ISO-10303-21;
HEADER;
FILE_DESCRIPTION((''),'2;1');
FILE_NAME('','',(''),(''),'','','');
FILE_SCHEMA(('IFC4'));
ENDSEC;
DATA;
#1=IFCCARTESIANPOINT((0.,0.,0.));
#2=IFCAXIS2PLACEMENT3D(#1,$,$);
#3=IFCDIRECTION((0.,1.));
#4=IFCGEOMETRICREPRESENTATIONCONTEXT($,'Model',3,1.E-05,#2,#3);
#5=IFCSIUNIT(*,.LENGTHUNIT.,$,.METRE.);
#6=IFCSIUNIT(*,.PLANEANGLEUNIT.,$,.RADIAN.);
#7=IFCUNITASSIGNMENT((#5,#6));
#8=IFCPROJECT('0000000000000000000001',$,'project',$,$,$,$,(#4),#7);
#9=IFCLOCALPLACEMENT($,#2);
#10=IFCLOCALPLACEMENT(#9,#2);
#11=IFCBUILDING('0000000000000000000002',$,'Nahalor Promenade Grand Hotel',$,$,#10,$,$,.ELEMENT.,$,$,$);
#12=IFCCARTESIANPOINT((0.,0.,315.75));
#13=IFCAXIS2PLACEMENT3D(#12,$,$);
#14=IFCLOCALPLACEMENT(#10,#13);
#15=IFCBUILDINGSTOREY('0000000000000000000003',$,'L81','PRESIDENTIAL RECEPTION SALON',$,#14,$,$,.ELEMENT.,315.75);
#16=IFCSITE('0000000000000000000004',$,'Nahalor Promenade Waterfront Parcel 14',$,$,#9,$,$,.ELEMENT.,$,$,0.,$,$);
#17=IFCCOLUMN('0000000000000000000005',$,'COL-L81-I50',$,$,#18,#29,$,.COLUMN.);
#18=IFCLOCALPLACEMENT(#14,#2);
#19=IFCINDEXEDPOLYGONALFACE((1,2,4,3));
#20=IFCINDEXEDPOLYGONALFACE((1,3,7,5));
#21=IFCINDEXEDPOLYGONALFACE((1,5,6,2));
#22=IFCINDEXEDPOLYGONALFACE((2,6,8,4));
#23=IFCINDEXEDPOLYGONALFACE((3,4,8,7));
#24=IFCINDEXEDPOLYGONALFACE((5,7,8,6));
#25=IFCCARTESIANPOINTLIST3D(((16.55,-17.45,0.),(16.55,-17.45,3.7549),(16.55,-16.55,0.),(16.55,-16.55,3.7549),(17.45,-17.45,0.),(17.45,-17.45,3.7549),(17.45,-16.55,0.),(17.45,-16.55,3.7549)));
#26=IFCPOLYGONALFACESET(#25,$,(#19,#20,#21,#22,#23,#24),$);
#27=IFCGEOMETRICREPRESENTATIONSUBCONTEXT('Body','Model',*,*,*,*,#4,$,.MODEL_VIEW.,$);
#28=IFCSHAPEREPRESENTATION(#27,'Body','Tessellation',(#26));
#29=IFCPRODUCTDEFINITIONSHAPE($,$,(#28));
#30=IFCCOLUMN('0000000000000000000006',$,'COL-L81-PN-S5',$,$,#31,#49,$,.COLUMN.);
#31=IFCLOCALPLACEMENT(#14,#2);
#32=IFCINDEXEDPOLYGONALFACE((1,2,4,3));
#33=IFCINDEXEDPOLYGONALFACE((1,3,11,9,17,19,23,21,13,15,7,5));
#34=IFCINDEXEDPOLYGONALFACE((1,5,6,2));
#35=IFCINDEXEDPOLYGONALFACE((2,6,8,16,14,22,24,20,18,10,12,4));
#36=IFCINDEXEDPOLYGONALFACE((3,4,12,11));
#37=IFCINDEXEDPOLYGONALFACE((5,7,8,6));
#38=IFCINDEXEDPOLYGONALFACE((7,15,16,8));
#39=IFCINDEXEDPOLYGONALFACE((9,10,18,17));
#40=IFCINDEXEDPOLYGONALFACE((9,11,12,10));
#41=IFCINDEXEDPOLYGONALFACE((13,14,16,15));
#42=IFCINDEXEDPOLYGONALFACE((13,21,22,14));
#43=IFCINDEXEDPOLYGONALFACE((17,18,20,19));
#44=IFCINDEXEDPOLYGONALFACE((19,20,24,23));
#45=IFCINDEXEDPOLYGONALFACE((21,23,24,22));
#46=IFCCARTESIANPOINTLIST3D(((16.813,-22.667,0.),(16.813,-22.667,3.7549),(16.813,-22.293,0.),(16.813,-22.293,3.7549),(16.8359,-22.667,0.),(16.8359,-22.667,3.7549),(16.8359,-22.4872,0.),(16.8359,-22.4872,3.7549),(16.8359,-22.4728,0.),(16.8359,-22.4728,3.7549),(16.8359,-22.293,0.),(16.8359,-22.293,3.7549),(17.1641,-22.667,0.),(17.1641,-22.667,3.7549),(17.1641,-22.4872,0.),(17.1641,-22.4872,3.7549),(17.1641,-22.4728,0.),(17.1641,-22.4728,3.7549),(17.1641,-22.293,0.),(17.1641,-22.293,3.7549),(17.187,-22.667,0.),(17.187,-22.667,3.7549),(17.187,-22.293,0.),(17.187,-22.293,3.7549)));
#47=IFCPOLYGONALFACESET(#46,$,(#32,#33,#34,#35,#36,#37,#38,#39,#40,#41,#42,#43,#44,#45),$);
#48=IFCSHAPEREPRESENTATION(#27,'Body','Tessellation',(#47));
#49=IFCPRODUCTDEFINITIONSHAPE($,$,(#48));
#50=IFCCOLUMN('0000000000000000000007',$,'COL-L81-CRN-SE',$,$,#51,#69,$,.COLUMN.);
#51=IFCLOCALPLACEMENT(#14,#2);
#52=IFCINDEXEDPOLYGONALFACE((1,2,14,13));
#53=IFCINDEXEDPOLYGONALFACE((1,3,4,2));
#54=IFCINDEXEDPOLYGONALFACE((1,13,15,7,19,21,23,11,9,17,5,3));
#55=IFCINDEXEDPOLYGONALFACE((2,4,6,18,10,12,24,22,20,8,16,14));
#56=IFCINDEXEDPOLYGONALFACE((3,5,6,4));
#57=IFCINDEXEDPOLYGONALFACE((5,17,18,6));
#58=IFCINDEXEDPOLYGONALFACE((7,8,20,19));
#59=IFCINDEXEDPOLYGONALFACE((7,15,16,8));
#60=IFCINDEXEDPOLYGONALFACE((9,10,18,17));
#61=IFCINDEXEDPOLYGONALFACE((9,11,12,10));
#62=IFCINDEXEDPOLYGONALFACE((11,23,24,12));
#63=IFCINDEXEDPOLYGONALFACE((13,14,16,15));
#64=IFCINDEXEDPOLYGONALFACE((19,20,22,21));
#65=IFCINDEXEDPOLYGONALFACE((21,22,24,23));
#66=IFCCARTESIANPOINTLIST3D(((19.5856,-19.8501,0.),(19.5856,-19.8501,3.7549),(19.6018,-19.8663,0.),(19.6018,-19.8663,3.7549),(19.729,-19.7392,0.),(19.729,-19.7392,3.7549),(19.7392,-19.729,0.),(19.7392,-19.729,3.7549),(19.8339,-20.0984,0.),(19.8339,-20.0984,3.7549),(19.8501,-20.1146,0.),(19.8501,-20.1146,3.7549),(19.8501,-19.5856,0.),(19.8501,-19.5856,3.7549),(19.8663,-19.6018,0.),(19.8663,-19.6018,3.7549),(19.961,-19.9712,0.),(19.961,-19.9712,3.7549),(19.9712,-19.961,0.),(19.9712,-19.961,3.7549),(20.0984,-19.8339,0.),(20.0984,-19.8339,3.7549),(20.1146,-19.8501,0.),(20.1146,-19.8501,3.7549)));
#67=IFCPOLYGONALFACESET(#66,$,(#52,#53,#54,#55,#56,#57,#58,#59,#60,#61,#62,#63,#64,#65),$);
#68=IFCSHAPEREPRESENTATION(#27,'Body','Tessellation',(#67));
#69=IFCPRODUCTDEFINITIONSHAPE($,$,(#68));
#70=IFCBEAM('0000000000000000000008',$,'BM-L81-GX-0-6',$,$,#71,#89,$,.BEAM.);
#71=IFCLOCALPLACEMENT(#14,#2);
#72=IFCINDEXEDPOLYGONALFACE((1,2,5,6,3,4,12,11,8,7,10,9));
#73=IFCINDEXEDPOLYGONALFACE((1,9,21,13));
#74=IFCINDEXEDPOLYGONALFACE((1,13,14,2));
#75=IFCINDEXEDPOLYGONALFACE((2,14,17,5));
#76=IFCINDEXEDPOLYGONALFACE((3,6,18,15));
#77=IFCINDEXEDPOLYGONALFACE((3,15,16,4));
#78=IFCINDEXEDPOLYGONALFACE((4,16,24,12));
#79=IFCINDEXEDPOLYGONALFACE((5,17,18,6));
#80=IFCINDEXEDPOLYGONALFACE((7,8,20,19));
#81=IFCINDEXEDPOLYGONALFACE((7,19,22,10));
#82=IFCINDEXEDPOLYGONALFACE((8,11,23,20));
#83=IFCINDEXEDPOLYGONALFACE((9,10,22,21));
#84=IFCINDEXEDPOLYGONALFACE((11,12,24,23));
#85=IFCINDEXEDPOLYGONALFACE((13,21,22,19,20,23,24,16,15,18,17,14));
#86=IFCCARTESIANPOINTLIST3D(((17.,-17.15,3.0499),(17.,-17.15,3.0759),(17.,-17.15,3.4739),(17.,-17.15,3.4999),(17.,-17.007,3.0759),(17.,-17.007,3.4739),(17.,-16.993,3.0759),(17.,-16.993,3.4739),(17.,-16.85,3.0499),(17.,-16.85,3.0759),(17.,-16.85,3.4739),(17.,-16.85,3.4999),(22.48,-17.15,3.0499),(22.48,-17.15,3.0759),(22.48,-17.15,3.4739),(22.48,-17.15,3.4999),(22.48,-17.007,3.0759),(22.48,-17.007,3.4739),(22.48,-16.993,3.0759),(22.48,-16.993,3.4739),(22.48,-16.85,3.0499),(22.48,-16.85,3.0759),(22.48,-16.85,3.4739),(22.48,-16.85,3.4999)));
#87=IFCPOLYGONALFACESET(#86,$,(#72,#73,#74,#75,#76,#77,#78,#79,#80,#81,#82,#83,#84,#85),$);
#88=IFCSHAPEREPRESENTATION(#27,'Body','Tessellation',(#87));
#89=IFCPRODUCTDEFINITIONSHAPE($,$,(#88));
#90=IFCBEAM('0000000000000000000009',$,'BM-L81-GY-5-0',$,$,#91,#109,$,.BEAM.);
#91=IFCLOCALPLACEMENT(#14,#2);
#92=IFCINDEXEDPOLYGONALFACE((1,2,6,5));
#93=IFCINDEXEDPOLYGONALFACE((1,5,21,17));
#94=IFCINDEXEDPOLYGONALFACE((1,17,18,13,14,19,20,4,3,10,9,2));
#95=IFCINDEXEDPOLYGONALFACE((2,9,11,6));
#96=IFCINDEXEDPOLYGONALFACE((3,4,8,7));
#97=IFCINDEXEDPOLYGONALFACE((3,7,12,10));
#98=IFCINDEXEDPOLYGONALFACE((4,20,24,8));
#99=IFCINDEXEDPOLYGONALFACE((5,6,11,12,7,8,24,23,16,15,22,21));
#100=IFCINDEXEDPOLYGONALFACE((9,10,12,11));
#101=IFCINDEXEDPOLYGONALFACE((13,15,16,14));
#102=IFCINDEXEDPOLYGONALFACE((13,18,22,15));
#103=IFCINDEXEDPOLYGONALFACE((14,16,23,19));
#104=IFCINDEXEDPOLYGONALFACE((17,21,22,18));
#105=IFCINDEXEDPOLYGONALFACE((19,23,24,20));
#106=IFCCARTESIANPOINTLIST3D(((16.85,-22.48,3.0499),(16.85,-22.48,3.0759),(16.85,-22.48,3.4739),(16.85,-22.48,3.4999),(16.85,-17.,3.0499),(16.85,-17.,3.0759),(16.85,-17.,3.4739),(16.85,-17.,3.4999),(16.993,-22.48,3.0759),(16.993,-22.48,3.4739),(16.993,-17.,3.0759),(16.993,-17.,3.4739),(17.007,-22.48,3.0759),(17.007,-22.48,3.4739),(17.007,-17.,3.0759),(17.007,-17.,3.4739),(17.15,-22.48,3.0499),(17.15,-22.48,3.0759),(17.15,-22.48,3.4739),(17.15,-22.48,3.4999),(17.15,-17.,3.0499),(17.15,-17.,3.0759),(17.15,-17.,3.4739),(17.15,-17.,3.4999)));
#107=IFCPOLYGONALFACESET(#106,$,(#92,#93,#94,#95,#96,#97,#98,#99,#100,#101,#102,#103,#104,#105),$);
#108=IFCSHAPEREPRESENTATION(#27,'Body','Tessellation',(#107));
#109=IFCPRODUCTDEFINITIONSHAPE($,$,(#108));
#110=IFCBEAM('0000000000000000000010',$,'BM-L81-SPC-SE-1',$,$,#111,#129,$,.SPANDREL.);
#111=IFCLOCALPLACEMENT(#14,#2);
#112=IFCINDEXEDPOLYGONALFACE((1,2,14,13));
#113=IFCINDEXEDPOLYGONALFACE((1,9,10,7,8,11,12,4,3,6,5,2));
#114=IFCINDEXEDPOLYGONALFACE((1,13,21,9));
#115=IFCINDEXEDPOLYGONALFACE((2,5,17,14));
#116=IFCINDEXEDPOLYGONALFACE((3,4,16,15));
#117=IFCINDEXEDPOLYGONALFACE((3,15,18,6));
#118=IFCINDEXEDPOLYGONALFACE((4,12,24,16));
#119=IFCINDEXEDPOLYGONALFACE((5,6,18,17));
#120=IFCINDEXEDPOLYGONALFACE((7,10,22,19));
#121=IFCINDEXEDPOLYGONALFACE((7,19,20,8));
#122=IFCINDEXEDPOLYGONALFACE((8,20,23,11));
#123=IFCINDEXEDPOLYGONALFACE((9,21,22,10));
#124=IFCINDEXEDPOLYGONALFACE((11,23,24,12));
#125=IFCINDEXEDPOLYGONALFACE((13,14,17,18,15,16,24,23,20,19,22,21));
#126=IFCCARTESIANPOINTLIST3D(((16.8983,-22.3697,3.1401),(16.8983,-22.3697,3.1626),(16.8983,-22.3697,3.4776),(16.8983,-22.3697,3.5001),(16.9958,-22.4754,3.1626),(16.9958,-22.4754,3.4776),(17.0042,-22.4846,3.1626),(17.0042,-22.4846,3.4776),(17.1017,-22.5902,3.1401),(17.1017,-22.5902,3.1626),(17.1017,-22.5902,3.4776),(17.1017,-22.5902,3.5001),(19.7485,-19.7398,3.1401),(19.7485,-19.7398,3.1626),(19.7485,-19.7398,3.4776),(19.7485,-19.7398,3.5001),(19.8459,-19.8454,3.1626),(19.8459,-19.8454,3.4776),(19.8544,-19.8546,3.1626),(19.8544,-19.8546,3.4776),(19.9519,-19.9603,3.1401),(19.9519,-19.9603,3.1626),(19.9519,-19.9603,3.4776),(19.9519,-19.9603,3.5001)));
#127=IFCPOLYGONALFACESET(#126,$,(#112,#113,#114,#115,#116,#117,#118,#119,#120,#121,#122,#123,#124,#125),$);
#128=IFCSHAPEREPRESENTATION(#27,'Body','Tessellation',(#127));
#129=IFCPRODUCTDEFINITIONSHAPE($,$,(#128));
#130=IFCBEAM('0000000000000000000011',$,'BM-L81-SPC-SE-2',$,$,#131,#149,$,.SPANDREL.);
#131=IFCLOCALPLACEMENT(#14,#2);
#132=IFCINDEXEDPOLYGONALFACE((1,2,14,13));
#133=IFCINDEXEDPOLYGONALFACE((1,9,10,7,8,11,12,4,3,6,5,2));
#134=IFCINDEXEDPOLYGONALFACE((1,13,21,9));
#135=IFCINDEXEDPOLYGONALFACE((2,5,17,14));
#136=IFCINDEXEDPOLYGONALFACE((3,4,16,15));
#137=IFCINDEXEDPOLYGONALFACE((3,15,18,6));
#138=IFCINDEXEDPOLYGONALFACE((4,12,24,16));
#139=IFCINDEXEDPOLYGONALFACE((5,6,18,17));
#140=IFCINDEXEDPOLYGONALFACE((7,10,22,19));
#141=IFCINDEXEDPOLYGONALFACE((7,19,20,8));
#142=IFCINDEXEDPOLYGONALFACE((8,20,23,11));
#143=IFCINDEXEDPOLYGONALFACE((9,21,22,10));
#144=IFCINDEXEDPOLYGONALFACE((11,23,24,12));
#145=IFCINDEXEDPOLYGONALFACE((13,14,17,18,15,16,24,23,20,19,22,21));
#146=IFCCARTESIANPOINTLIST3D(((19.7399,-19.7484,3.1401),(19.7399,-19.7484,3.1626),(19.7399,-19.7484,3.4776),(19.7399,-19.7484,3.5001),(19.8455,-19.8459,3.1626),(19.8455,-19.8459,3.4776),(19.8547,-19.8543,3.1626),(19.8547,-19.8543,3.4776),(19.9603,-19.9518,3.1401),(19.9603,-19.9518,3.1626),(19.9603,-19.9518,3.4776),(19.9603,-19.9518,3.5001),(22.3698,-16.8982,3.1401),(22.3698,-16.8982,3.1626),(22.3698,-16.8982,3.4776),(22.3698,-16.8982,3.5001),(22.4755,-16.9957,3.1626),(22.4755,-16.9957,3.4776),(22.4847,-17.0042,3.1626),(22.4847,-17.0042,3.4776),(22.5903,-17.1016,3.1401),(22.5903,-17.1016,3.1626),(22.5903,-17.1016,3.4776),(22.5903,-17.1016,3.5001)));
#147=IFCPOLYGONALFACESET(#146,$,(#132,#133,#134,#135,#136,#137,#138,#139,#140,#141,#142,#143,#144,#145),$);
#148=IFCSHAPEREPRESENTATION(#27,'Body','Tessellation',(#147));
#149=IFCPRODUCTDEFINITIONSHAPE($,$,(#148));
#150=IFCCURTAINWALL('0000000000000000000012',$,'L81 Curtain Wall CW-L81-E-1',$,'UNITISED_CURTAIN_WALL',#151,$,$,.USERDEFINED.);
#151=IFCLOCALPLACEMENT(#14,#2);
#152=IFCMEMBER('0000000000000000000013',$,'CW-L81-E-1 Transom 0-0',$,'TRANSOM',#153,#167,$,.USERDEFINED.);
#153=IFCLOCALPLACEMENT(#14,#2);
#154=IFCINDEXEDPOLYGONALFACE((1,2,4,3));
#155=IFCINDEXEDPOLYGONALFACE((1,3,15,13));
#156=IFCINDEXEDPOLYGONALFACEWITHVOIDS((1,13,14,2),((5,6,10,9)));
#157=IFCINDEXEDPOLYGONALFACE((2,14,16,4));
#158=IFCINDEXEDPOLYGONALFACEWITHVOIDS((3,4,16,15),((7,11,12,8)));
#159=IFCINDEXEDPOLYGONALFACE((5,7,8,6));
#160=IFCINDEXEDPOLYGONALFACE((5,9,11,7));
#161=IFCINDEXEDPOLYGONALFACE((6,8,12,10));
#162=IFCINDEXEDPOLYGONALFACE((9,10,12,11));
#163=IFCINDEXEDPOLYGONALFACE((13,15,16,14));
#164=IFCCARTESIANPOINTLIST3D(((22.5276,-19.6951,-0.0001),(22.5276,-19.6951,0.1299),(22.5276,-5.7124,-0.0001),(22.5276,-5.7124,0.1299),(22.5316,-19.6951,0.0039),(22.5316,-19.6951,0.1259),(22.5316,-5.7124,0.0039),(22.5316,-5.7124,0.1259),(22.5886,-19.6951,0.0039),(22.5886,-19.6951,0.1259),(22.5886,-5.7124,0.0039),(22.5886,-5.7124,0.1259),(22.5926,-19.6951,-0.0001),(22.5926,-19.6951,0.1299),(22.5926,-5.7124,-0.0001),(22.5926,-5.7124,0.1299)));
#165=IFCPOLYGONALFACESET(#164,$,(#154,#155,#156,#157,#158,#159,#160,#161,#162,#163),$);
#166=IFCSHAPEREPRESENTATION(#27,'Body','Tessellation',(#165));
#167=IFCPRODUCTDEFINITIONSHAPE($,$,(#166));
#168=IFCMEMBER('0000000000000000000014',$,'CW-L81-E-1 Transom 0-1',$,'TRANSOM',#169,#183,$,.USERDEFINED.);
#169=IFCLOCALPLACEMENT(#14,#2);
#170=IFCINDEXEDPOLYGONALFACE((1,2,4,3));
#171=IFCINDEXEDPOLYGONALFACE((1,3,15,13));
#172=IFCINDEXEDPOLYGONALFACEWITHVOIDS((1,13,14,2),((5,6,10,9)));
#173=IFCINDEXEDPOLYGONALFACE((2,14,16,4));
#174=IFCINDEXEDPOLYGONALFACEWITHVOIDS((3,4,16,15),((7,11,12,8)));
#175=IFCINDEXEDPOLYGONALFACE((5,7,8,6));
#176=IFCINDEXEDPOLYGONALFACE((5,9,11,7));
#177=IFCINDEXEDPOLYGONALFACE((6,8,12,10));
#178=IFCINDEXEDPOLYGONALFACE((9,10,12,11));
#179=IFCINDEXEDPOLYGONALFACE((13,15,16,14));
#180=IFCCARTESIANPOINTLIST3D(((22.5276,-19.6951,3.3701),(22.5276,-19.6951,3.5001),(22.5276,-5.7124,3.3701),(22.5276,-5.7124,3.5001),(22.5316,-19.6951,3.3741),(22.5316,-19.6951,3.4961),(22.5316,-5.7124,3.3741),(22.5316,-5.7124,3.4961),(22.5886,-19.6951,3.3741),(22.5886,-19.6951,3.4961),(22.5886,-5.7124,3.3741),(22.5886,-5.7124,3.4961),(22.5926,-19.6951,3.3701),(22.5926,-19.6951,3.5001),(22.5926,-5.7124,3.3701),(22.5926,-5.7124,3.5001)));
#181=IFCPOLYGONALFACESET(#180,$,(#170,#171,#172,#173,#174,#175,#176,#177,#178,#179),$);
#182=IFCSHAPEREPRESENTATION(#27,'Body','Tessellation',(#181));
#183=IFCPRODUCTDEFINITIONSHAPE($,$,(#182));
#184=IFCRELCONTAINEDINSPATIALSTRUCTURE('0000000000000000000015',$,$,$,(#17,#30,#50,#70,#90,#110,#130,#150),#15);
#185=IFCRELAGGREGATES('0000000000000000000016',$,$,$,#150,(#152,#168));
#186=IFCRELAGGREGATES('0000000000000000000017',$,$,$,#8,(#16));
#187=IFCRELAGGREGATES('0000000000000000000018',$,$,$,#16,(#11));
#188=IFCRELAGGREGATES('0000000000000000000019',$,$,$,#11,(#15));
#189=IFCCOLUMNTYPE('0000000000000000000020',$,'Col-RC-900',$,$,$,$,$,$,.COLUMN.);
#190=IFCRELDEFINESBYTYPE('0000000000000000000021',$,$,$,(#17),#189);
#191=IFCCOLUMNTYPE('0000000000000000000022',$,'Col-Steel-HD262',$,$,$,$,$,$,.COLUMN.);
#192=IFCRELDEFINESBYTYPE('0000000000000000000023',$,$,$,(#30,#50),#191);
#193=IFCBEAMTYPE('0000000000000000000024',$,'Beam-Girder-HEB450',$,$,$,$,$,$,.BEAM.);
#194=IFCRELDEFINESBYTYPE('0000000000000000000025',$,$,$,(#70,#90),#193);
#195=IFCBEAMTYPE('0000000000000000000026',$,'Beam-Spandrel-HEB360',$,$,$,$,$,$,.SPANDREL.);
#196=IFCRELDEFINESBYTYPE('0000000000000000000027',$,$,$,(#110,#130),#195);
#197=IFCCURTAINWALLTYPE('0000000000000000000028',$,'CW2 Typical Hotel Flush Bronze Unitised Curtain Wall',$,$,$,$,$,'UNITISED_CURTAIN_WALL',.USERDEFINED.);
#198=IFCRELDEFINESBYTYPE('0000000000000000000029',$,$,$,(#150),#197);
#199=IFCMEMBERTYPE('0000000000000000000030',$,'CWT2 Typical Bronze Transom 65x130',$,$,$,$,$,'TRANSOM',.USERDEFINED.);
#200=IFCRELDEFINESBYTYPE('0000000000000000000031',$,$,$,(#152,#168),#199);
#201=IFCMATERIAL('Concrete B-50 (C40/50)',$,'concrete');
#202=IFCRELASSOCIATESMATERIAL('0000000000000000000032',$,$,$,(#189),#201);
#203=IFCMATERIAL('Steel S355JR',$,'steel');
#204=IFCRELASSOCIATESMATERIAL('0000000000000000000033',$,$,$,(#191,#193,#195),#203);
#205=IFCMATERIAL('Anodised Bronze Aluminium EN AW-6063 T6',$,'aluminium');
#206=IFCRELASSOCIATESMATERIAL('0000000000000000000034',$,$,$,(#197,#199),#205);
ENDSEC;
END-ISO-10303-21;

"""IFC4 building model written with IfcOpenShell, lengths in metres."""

from ifc_helpers import new_model, si_unit, direction, frame, origin, origin_2d, place, context, subcontext, project, spatial, rectangle, hollow_rectangle, i_section, extrude, source, transform, mapped, material, material_profile, profile_set, type_object, element, aggregate, save


model = new_model("IFC4")

# Units and contexts
model_context = context("Model", 3, precision=1e-05, world=origin(), true_north=direction((0.0, 1.0)))
body_context = subcontext(model_context, "Body", "Model", "MODEL_VIEW")
ifc_project = project(units=[si_unit("LENGTHUNIT", "METRE"), si_unit("PLANEANGLEUNIT", "RADIAN")], contexts=[model_context])

# Site, building, storey
site_placement = place(None, origin())
site = spatial("IfcSite", under=ifc_project, at=site_placement, Name="Nahalor Promenade Waterfront Parcel 14", CompositionType="ELEMENT", RefElevation=0.0)
building_placement = place(site_placement, origin())
building = spatial("IfcBuilding", under=site, at=building_placement, Name="Nahalor Promenade Grand Hotel", CompositionType="ELEMENT")
storey_placement = place(building_placement, frame((0.0, 0.0, 315.75)))
storey = spatial("IfcBuildingStorey", under=building, at=storey_placement, Name="L81", Description="PRESIDENTIAL RECEPTION SALON", CompositionType="ELEMENT", Elevation=315.75)

# Columns
ifc_material_1 = material(Name="Concrete B-50 (C40/50)", Category="concrete")
ifc_material_profile_1 = material_profile(ifc_material_1, rectangle(XDim=0.9, YDim=0.9, at=origin_2d()), Name="RC 900x900")
ifc_profile_set_1 = profile_set([ifc_material_profile_1], Name="Concrete B-50 (C40/50)")
column_type_1 = type_object("IfcColumnType", Name="Col-RC-900", PredefinedType="COLUMN", material=ifc_profile_set_1)
shared_shape_1 = source(origin(), body_context, "Body", "SweptSolid", [
    extrude(rectangle(XDim=0.9, YDim=0.9, at=origin_2d()), origin(), (0.0, 0.0, 1.0), 3.7549),
])
column_placement = place(storey_placement, frame((17.0, -17.0, 0.0), z_axis=(0.0, 0.0, 1.0), x_axis=(1.0, 0.0, 0.0)))
element("IfcColumn", 1, at=column_placement, inside=storey, type_object=column_type_1, Name="COL-L81-I50", PredefinedType="COLUMN", context=body_context, shape_type="MappedRepresentation", body=[
    mapped(shared_shape_1, transform((0.0, 0.0, 0.0), scale=1.0)),
])
ifc_material_2 = material(Name="Steel S355JR", Category="steel")
ifc_material_profile_2 = material_profile(ifc_material_2, i_section(OverallWidth=0.374, OverallDepth=0.374, WebThickness=0.0144, FlangeThickness=0.0229, at=origin_2d()), Name="HD 360x262")
ifc_profile_set_2 = profile_set([ifc_material_profile_2], Name="Steel S355JR")
column_type_2 = type_object("IfcColumnType", Name="Col-Steel-HD262", PredefinedType="COLUMN", material=ifc_profile_set_2)
shared_shape_2 = source(origin(), body_context, "Body", "SweptSolid", [
    extrude(i_section(OverallWidth=0.374, OverallDepth=0.374, WebThickness=0.0144, FlangeThickness=0.0229, at=origin_2d()), origin(), (0.0, 0.0, 1.0), 3.7549),
])
for number, where, z_axis, x_axis, name in (
    (2, (17.0, -22.48, 0.0), (0.0, 0.0, 1.0), (0.0, 1.0, 0.0), "COL-L81-PN-S5"),
    (3, (19.8501, -19.8501, 0.0), (0.0, 0.0, 1.0), (0.707107, 0.707107, 0.0), "COL-L81-CRN-SE"),
):
    element("IfcColumn", number, at=place(storey_placement, frame(where, z_axis=z_axis, x_axis=x_axis)), inside=storey, type_object=column_type_2, Name=name, PredefinedType="COLUMN", context=body_context, shape_type="MappedRepresentation", body=[
        mapped(shared_shape_2, transform((0.0, 0.0, 0.0), scale=1.0)),
    ])

# Beams
ifc_material_profile_3 = material_profile(ifc_material_2, i_section(OverallWidth=0.3, OverallDepth=0.45, WebThickness=0.014, FlangeThickness=0.026, at=origin_2d()), Name="HEB 450")
ifc_profile_set_3 = profile_set([ifc_material_profile_3], Name="Steel S355JR")
beam_type_1 = type_object("IfcBeamType", Name="Beam-Girder-HEB450", PredefinedType="BEAM", material=ifc_profile_set_3)
shared_shape_3 = source(origin(), body_context, "Body", "SweptSolid", [
    extrude(i_section(OverallWidth=0.3, OverallDepth=0.45, WebThickness=0.014, FlangeThickness=0.026, at=origin_2d()), origin(), (0.0, 0.0, 1.0), 5.48),
])
for number, where, z_axis, x_axis, name in (
    (4, (17.0, -17.0, 3.2749), (1.0, 0.0, 0.0), (0.0, 1.0, 0.0), "BM-L81-GX-0-6"),
    (5, (17.0, -22.48, 3.2749), (0.0, 1.0, 0.0), (-1.0, 0.0, 0.0), "BM-L81-GY-5-0"),
):
    element("IfcBeam", number, at=place(storey_placement, frame(where, z_axis=z_axis, x_axis=x_axis)), inside=storey, type_object=beam_type_1, Name=name, PredefinedType="BEAM", context=body_context, shape_type="MappedRepresentation", body=[
        mapped(shared_shape_3, transform((0.0, 0.0, 0.0), scale=1.0)),
    ])
ifc_material_profile_4 = material_profile(ifc_material_2, i_section(OverallWidth=0.3, OverallDepth=0.36, WebThickness=0.0125, FlangeThickness=0.0225, at=origin_2d()), Name="HEB 360")
ifc_profile_set_4 = profile_set([ifc_material_profile_4], Name="Steel S355JR")
beam_type_2 = type_object("IfcBeamType", Name="Beam-Spandrel-HEB360", PredefinedType="SPANDREL", material=ifc_profile_set_4)
shared_shape_4 = source(origin(), body_context, "Body", "SweptSolid", [
    extrude(i_section(OverallWidth=0.3, OverallDepth=0.36, WebThickness=0.0125, FlangeThickness=0.0225, at=origin_2d()), origin(), (0.0, 0.0, 1.0), 3.8782),
])
for number, where, z_axis, x_axis, name in (
    (6, (17.0, -22.48, 3.3201), (0.734929, 0.678144, 0.0), (-0.678144, 0.734929, 0.0), "BM-L81-SPC-SE-1"),
    (7, (19.8501, -19.8501, 3.3201), (0.678144, 0.734929, 0.0), (-0.734929, 0.678144, 0.0), "BM-L81-SPC-SE-2"),
):
    element("IfcBeam", number, at=place(storey_placement, frame(where, z_axis=z_axis, x_axis=x_axis)), inside=storey, type_object=beam_type_2, Name=name, PredefinedType="SPANDREL", context=body_context, shape_type="MappedRepresentation", body=[
        mapped(shared_shape_4, transform((0.0, 0.0, 0.0), scale=1.0)),
    ])

# Curtain wall, members
ifc_material_3 = material(Name="Anodised Bronze Aluminium EN AW-6063 T6", Category="aluminium")
curtain_wall_type = type_object("IfcCurtainWallType", Name="CW2 Typical Hotel Flush Bronze Unitised Curtain Wall", ElementType="UNITISED_CURTAIN_WALL", PredefinedType="USERDEFINED", material=ifc_material_3)
curtain_wall_1_placement = place(storey_placement, origin())
curtain_wall_1 = element("IfcCurtainWall", 8, at=curtain_wall_1_placement, inside=storey, type_object=curtain_wall_type, Name="L81 Curtain Wall CW-L81-E-1", ObjectType="UNITISED_CURTAIN_WALL", PredefinedType="USERDEFINED")
ifc_material_profile_5 = material_profile(ifc_material_3, hollow_rectangle(XDim=0.065, YDim=0.13, WallThickness=0.004, at=origin_2d()), Name="CWT 65x130x4")
ifc_profile_set_5 = profile_set([ifc_material_profile_5], Name="Anodised Bronze Aluminium EN AW-6063 T6")
member_type_1 = type_object("IfcMemberType", Name="CWT2 Typical Bronze Transom 65x130", ElementType="TRANSOM", PredefinedType="USERDEFINED", material=ifc_profile_set_5)
shared_shape_5 = source(origin(), body_context, "Body", "SweptSolid", [
    extrude(hollow_rectangle(XDim=0.065, YDim=0.13, WallThickness=0.004, at=origin_2d()), origin(), (0.0, 0.0, 1.0), 13.9827),
])
member_1_placement = place(storey_placement, frame((22.5601, -19.6951, 0.0649), z_axis=(0.0, 1.0, 0.0), x_axis=(-1.0, 0.0, 0.0)))
member_1 = element("IfcMember", 9, at=member_1_placement, type_object=member_type_1, Name="CW-L81-E-1 Transom 0-0", ObjectType="TRANSOM", PredefinedType="USERDEFINED", context=body_context, shape_type="MappedRepresentation", body=[
    mapped(shared_shape_5, transform((0.0, 0.0, 0.0), scale=1.0)),
])
member_2_placement = place(storey_placement, frame((22.5601, -19.6951, 3.4351), z_axis=(0.0, 1.0, 0.0), x_axis=(-1.0, 0.0, 0.0)))
member_2 = element("IfcMember", 10, at=member_2_placement, type_object=member_type_1, Name="CW-L81-E-1 Transom 0-1", ObjectType="TRANSOM", PredefinedType="USERDEFINED", context=body_context, shape_type="MappedRepresentation", body=[
    mapped(shared_shape_5, transform((0.0, 0.0, 0.0), scale=1.0)),
])

aggregate(curtain_wall_1, [member_1, member_2])

save(model, "model.ifc")
